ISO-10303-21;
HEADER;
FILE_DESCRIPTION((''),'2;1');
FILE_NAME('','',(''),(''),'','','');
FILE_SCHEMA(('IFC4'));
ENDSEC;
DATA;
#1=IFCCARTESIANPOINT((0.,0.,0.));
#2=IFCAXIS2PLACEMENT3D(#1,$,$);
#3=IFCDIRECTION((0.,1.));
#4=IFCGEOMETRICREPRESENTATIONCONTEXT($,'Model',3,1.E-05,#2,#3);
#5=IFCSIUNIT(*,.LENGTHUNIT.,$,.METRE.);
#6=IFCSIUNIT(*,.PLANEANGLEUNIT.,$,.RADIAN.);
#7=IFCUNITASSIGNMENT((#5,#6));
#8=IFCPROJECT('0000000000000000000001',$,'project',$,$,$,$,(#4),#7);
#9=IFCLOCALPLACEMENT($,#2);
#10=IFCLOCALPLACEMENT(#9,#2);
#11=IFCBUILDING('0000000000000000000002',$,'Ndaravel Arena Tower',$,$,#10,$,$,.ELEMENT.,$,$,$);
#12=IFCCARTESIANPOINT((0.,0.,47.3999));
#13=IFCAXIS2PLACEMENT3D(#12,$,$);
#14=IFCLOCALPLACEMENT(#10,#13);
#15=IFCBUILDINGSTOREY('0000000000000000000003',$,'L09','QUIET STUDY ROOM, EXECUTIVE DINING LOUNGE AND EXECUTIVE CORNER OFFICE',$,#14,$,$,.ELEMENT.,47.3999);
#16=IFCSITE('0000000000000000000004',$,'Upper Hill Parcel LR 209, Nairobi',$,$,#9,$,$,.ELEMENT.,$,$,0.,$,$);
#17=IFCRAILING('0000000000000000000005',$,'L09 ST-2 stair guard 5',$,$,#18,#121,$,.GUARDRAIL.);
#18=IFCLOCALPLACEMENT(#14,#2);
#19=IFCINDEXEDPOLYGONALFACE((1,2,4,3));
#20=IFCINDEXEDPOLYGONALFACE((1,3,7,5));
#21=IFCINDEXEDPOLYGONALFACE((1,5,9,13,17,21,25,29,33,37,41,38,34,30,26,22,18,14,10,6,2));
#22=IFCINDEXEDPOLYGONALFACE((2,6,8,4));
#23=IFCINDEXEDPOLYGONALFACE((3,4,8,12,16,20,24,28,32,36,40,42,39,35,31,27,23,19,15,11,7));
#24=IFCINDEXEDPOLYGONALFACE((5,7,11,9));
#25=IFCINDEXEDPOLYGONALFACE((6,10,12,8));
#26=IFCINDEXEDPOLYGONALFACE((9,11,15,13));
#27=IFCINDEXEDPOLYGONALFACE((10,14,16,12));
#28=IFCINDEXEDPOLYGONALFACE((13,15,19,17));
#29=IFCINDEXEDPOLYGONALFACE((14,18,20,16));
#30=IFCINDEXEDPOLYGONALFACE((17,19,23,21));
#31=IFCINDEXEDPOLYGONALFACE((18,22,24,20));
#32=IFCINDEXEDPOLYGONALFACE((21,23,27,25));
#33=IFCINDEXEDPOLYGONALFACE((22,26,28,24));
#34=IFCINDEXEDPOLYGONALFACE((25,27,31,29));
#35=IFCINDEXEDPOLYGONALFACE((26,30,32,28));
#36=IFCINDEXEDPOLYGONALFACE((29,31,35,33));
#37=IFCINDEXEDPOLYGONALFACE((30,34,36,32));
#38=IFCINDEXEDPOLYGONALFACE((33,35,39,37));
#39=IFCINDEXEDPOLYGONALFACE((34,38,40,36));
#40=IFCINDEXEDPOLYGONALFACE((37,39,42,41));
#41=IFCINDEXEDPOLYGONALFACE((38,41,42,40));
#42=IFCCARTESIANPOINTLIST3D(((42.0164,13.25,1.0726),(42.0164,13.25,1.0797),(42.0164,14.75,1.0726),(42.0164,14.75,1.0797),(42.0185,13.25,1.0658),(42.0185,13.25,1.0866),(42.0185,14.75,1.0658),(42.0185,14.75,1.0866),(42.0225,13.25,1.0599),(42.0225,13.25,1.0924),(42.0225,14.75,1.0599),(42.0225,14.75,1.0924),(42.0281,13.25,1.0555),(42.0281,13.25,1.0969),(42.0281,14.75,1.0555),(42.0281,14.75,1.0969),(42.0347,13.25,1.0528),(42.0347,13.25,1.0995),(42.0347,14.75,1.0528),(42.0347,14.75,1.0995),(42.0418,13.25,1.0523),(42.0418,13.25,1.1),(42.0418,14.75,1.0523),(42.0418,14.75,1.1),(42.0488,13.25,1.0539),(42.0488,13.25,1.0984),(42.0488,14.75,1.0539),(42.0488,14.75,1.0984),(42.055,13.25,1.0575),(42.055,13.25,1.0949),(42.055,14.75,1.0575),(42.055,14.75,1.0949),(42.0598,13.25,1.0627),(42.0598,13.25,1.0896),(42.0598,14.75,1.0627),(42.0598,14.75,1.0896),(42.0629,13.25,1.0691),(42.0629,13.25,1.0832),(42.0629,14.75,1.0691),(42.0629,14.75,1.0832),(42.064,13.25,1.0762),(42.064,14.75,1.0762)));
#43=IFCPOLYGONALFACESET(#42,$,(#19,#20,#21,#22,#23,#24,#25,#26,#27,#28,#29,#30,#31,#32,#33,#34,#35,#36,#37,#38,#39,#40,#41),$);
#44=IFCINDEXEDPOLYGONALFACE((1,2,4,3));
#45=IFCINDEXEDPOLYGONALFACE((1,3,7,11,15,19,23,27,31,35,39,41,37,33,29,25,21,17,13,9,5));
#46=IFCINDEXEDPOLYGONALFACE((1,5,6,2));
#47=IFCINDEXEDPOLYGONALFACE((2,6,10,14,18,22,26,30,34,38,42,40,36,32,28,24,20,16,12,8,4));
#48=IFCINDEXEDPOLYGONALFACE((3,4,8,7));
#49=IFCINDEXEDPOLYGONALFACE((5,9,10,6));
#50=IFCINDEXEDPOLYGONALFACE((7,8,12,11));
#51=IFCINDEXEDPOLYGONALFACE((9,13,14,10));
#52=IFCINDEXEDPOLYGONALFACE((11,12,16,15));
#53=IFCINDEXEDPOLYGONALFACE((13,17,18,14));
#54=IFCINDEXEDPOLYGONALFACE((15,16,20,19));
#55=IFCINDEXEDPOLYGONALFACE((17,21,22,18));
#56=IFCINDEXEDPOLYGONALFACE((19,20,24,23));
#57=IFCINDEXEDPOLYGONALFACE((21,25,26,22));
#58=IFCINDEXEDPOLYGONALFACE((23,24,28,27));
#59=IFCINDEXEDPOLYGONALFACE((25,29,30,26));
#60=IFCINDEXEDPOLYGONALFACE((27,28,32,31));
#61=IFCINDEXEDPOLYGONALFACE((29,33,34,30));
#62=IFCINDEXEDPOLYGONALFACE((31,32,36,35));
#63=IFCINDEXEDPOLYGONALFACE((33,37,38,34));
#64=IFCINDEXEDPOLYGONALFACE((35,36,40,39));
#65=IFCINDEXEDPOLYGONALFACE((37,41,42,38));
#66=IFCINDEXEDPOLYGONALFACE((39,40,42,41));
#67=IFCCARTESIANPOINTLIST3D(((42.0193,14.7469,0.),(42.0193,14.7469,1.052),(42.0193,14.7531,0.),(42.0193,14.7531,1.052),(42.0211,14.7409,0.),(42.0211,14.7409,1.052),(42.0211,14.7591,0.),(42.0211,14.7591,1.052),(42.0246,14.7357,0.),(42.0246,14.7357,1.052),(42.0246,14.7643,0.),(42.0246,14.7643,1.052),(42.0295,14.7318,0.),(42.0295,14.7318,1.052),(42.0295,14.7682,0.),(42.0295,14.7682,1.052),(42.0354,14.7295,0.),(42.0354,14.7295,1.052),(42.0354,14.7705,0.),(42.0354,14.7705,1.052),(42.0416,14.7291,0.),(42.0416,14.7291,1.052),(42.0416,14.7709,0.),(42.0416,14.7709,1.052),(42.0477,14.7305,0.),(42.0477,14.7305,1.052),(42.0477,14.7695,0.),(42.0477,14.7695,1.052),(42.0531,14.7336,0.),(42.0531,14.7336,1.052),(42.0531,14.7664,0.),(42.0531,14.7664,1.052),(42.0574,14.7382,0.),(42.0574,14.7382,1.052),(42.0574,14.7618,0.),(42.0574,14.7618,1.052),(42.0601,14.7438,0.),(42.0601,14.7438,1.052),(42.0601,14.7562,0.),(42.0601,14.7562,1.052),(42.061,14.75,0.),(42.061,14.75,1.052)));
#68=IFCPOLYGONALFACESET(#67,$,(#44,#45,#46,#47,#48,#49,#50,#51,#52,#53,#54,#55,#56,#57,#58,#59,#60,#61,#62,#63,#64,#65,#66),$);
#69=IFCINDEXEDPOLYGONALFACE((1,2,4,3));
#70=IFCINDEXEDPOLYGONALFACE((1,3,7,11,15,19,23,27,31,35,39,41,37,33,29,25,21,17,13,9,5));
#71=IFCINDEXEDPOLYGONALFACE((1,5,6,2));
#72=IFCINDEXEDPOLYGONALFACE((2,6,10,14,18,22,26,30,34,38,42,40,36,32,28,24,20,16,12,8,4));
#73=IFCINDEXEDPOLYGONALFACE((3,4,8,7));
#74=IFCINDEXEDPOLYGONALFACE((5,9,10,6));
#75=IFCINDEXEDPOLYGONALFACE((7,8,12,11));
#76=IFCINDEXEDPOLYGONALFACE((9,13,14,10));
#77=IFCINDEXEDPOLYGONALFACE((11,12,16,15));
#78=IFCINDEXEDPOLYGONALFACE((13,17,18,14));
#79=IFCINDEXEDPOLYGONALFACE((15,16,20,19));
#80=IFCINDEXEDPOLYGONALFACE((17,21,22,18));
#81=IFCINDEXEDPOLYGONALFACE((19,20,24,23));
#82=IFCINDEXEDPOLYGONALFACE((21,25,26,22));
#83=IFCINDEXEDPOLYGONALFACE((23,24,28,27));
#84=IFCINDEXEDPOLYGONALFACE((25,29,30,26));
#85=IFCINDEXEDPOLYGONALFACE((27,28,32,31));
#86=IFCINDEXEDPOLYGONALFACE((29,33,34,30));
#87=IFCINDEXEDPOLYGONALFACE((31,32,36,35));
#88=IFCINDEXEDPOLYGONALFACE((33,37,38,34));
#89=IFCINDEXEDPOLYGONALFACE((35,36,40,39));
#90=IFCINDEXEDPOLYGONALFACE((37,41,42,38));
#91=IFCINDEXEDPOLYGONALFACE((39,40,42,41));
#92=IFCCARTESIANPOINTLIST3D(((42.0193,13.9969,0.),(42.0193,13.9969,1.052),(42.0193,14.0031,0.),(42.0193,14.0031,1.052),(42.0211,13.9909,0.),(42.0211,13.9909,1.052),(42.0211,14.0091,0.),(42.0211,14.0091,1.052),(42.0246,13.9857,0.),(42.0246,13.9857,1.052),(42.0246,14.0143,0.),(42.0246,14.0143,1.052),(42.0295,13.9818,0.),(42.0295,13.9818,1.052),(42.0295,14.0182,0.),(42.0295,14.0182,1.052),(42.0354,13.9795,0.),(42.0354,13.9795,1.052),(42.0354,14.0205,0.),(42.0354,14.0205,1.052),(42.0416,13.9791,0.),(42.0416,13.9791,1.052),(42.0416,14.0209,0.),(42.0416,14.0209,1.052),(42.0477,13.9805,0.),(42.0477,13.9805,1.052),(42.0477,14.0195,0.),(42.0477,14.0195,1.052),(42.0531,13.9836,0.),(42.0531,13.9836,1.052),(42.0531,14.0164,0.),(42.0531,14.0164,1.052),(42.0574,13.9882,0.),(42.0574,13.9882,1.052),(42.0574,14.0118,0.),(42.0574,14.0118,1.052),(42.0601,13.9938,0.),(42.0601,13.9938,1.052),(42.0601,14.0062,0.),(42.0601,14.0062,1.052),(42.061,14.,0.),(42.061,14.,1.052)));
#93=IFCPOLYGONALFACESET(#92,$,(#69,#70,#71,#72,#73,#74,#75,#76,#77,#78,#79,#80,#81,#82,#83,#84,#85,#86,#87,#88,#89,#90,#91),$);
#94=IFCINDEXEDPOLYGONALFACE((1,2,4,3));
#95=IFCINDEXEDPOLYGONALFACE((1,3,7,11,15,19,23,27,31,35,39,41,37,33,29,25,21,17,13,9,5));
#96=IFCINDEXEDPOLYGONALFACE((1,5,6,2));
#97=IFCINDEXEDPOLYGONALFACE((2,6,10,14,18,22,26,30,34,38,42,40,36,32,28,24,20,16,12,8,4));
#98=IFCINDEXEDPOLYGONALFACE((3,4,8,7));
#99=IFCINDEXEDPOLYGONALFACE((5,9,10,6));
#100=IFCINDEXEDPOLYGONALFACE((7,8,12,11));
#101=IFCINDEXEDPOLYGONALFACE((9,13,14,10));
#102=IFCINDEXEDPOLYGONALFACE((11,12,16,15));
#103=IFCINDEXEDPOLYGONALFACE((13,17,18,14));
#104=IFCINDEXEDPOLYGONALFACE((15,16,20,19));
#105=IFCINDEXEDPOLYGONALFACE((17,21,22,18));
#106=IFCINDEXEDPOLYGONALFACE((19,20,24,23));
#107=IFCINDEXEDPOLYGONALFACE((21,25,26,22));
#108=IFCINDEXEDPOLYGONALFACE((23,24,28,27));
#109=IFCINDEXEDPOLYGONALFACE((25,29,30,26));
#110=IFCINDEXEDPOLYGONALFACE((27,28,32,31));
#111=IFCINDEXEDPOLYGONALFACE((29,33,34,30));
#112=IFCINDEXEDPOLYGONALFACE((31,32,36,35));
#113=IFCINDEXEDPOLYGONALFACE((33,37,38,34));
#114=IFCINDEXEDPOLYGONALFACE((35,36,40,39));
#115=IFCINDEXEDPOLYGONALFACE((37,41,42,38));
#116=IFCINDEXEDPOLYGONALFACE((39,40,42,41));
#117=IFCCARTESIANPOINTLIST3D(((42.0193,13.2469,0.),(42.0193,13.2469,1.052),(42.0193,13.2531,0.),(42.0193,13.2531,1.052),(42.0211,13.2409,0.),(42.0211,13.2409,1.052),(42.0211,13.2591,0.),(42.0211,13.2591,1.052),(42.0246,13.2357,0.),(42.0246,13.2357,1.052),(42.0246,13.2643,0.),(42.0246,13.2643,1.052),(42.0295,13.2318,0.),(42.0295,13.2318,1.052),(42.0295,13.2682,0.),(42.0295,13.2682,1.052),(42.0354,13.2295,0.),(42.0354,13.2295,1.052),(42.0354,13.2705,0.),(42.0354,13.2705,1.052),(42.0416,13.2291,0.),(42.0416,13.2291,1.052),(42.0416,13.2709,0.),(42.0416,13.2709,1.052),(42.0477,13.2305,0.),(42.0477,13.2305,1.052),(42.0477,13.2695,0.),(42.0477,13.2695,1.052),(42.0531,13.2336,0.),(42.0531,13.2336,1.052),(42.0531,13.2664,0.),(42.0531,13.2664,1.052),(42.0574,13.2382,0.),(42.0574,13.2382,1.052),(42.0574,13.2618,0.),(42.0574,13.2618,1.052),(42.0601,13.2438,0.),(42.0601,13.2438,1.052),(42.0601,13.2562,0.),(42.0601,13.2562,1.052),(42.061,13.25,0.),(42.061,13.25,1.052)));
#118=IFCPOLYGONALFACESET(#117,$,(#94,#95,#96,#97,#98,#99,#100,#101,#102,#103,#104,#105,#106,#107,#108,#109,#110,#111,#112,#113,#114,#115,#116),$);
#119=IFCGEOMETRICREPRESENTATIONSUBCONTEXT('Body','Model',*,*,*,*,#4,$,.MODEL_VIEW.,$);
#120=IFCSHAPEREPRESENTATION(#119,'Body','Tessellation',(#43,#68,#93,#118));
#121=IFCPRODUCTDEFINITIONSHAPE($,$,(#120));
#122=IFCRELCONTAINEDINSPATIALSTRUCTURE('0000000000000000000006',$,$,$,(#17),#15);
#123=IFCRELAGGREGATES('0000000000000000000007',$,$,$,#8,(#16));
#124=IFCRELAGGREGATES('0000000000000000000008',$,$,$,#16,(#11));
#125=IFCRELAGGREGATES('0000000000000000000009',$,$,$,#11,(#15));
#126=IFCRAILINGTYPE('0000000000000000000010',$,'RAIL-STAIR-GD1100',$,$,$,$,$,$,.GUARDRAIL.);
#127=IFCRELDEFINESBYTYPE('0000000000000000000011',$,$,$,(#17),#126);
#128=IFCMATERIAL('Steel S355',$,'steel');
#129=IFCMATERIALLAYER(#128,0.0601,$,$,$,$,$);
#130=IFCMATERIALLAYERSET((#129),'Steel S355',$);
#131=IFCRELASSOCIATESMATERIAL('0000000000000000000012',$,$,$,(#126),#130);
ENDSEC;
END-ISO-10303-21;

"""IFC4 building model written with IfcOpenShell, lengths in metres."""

from ifc_helpers import new_model, si_unit, direction, frame, origin, origin_2d, place, context, subcontext, project, spatial, circle, extrude, material, layer, layer_set, type_object, element, save


model = new_model("IFC4")

# Units and contexts
model_context = context("Model", 3, precision=1e-05, world=origin(), true_north=direction((0.0, 1.0)))
body_context = subcontext(model_context, "Body", "Model", "MODEL_VIEW")
ifc_project = project(units=[si_unit("LENGTHUNIT", "METRE"), si_unit("PLANEANGLEUNIT", "RADIAN")], contexts=[model_context])

# Site, building, storey
site_placement = place(None, origin())
site = spatial("IfcSite", under=ifc_project, at=site_placement, Name="Upper Hill Parcel LR 209, Nairobi", CompositionType="ELEMENT", RefElevation=0.0)
building_placement = place(site_placement, origin())
building = spatial("IfcBuilding", under=site, at=building_placement, Name="Ndaravel Arena Tower", CompositionType="ELEMENT")
storey_placement = place(building_placement, frame((0.0, 0.0, 47.3999)))
storey = spatial("IfcBuildingStorey", under=building, at=storey_placement, Name="L09", Description="QUIET STUDY ROOM, EXECUTIVE DINING LOUNGE AND EXECUTIVE CORNER OFFICE", CompositionType="ELEMENT", Elevation=47.3999)

# Railing
ifc_material_1 = material(Name="Steel S355", Category="steel")
ifc_layer_1 = layer(ifc_material_1, 0.0601)
ifc_layer_set_1 = layer_set([ifc_layer_1], Name="Steel S355")
railing_type = type_object("IfcRailingType", Name="RAIL-STAIR-GD1100", PredefinedType="GUARDRAIL", material=ifc_layer_set_1)
for number, where, name in (
    (1, (42.04, 14.75, 0.0), "L09 ST-2 stair guard 5"),
):
    element("IfcRailing", number, at=place(storey_placement, frame(where)), inside=storey, type_object=railing_type, Name=name, PredefinedType="GUARDRAIL", context=body_context, shape_type="SweptSolid", body=[
        extrude(circle(Radius=0.0239, at=origin_2d()), frame((0.0, 0.0, 1.0762), z_axis=(0.0, -1.0, 0.0), x_axis=(1.0, 0.0, 0.0)), (0.0, 0.0, 1.0), 1.5),
        extrude(circle(Radius=0.021, at=origin_2d()), origin(), (0.0, 0.0, 1.0), 1.052),
        extrude(circle(Radius=0.021, at=origin_2d()), frame((0.0, -0.75, 0.0)), (0.0, 0.0, 1.0), 1.052),
        extrude(circle(Radius=0.021, at=origin_2d()), frame((0.0, -1.5, 0.0)), (0.0, 0.0, 1.0), 1.052),
    ])

save(model, "model.ifc")
